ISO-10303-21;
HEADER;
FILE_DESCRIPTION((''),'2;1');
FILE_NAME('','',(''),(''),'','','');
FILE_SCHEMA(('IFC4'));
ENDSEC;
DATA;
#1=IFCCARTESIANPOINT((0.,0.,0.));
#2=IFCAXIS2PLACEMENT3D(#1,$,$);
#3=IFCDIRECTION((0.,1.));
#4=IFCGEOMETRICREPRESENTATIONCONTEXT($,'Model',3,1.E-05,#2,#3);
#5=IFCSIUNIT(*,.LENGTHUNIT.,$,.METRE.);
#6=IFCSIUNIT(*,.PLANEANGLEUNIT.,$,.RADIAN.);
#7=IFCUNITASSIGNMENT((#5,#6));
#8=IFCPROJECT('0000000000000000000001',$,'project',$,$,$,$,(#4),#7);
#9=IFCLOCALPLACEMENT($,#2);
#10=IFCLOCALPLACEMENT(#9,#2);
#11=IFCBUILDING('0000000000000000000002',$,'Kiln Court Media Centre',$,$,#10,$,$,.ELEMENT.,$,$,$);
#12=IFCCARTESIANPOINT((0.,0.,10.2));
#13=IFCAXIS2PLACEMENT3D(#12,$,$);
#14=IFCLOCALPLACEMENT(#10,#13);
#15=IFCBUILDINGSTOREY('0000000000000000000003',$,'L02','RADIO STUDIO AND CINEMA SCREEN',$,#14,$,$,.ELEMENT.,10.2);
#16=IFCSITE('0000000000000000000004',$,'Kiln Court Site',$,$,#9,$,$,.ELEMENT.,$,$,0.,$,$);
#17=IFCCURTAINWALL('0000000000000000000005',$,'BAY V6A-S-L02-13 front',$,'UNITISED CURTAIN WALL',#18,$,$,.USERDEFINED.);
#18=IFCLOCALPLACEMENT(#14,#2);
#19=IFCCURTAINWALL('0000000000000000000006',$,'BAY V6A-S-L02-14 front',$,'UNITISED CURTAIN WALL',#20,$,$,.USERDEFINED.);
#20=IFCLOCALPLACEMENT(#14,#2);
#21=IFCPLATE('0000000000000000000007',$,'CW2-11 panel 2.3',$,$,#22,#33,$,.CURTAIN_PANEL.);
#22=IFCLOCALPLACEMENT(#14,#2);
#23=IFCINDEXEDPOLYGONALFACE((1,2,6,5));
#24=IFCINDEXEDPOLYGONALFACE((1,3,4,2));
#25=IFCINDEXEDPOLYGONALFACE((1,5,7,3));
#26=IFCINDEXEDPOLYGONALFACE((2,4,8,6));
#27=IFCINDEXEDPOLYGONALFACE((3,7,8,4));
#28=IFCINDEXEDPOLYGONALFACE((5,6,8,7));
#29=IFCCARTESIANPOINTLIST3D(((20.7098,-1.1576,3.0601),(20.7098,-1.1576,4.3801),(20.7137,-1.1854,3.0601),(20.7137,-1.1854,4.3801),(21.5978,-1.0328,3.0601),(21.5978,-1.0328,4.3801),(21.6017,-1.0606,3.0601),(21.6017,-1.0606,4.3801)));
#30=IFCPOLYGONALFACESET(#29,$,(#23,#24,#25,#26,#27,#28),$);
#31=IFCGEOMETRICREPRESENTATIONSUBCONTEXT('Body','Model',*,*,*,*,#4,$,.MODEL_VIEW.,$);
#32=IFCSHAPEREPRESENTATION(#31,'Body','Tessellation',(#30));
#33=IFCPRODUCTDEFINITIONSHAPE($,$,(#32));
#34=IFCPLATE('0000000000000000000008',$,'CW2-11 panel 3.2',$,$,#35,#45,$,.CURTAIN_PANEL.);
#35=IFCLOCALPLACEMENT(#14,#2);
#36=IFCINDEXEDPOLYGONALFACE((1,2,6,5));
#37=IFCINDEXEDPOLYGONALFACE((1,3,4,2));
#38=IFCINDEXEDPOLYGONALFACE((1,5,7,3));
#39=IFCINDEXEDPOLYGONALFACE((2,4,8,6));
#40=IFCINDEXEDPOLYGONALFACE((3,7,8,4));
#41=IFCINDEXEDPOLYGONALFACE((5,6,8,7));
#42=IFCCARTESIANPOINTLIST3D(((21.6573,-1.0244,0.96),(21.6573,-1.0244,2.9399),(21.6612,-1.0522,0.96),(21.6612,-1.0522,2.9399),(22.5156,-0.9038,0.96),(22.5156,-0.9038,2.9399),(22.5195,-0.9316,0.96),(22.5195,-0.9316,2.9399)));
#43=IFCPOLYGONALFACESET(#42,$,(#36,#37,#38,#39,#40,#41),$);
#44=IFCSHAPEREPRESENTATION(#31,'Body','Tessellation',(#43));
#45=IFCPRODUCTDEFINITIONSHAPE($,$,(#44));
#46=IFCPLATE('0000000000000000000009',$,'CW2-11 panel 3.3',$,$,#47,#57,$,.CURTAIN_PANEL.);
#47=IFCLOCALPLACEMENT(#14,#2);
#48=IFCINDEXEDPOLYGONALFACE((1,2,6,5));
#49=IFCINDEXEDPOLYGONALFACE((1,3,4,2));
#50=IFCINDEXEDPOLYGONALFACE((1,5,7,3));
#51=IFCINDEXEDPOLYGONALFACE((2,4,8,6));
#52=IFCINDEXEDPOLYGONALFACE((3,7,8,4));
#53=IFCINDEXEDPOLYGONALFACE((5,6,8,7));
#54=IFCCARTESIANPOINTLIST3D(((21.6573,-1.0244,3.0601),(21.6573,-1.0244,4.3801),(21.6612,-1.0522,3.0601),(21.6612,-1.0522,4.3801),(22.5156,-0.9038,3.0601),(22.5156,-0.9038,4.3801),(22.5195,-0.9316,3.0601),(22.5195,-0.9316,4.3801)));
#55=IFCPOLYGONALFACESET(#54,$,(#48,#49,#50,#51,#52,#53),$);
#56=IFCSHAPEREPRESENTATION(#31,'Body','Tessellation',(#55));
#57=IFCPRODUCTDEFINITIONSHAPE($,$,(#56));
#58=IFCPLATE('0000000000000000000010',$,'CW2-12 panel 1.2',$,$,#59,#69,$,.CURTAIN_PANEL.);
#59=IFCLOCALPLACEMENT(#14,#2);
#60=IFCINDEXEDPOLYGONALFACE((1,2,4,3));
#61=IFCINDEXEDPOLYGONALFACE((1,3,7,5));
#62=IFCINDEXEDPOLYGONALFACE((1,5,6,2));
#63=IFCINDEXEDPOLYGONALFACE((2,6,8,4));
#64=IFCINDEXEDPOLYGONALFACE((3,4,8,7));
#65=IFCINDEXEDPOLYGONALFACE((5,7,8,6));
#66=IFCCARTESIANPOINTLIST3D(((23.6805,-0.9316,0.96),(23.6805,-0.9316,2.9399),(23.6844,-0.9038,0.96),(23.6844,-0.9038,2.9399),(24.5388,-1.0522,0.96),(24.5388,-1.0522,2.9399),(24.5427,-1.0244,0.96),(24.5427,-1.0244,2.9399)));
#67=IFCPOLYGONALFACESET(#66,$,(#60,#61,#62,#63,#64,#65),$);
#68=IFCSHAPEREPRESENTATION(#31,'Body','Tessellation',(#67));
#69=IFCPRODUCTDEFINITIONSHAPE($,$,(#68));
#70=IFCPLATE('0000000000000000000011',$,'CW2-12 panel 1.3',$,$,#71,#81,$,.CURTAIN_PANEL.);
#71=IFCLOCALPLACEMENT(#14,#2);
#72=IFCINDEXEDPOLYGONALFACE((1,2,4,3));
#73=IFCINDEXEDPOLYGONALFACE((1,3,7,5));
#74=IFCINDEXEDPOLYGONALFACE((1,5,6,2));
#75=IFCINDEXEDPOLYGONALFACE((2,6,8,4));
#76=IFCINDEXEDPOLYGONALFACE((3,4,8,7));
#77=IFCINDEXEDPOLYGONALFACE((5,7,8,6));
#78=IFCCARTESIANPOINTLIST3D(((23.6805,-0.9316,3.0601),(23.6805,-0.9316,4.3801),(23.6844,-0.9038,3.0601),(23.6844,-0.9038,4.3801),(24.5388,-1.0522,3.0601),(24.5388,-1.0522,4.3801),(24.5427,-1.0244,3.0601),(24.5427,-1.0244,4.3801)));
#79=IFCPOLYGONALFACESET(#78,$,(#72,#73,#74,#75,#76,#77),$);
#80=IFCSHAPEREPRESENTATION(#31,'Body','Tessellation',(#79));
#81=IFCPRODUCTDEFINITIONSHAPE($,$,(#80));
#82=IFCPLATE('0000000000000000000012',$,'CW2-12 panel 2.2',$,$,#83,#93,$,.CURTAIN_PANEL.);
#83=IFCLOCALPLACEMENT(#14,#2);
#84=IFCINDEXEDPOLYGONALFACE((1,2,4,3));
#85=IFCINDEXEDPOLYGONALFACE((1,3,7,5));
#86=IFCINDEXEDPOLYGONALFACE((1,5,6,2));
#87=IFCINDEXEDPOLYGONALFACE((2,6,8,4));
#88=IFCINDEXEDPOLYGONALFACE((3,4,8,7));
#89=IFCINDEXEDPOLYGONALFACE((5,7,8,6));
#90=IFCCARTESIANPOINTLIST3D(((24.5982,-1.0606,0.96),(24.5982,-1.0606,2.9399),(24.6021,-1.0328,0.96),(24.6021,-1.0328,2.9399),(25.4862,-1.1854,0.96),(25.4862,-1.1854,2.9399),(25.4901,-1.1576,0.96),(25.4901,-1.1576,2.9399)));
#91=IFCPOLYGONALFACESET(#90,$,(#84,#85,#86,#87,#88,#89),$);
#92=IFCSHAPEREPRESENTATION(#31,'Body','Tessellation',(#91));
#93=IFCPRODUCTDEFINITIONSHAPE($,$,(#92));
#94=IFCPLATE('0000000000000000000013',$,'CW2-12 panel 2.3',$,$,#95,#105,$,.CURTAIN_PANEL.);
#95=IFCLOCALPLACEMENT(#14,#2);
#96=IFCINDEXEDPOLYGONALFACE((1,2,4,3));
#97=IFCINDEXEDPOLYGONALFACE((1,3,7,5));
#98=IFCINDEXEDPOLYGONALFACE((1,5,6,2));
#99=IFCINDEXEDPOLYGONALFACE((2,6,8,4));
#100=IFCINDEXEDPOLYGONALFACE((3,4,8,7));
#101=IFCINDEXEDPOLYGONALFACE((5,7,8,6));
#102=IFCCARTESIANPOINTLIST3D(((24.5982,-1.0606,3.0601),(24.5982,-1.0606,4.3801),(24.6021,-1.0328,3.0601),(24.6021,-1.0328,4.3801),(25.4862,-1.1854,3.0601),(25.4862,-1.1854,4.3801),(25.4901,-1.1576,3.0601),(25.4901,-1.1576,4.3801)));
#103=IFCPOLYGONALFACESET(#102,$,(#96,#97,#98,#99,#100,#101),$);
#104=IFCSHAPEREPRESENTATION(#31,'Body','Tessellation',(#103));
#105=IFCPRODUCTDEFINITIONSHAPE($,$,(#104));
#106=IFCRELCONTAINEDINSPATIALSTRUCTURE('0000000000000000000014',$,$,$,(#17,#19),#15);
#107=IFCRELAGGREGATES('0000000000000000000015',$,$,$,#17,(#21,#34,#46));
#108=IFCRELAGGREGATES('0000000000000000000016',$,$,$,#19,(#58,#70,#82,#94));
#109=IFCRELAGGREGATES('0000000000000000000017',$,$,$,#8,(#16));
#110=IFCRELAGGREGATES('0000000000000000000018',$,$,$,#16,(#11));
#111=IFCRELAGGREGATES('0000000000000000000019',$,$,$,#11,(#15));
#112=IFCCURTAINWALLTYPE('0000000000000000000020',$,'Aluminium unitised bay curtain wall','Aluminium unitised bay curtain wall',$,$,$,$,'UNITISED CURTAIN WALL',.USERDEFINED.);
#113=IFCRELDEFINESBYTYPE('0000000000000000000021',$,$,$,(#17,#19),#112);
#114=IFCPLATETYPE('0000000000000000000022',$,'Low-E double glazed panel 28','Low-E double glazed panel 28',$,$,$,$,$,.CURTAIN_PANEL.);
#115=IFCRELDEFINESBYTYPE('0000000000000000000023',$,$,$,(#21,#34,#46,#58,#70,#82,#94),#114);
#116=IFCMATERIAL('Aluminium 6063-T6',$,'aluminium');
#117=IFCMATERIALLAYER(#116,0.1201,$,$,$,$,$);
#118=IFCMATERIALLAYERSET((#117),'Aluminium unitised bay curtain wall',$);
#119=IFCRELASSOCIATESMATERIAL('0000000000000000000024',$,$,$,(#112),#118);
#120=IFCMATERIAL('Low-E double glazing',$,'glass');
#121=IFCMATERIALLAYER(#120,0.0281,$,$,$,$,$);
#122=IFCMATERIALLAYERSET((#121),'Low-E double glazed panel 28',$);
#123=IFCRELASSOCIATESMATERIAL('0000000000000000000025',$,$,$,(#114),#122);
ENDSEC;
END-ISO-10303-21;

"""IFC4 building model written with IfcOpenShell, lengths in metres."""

from ifc_helpers import new_model, si_unit, direction, frame, origin, origin_2d, place, context, subcontext, project, spatial, rectangle, extrude, material, layer, layer_set, type_object, element, aggregate, save


model = new_model("IFC4")

# Units and contexts
model_context = context("Model", 3, precision=1e-05, world=origin(), true_north=direction((0.0, 1.0)))
body_context = subcontext(model_context, "Body", "Model", "MODEL_VIEW")
ifc_project = project(units=[si_unit("LENGTHUNIT", "METRE"), si_unit("PLANEANGLEUNIT", "RADIAN")], contexts=[model_context])

# Site, building, storey
site_placement = place(None, origin())
site = spatial("IfcSite", under=ifc_project, at=site_placement, Name="Kiln Court Site", CompositionType="ELEMENT", RefElevation=0.0)
building_placement = place(site_placement, origin())
building = spatial("IfcBuilding", under=site, at=building_placement, Name="Kiln Court Media Centre", CompositionType="ELEMENT")
storey_placement = place(building_placement, frame((0.0, 0.0, 10.2)))
storey = spatial("IfcBuildingStorey", under=building, at=storey_placement, Name="L02", Description="RADIO STUDIO AND CINEMA SCREEN", CompositionType="ELEMENT", Elevation=10.2)

# Curtain walls
ifc_material_1 = material(Name="Aluminium 6063-T6", Category="aluminium")
ifc_layer_1 = layer(ifc_material_1, 0.1201)
ifc_layer_set_1 = layer_set([ifc_layer_1], Name="Aluminium unitised bay curtain wall")
curtain_wall_type = type_object("IfcCurtainWallType", Name="Aluminium unitised bay curtain wall", Description="Aluminium unitised bay curtain wall", ElementType="UNITISED CURTAIN WALL", PredefinedType="USERDEFINED", material=ifc_layer_set_1)
curtain_wall_1_placement = place(storey_placement, origin())
curtain_wall_1 = element("IfcCurtainWall", 1, at=curtain_wall_1_placement, inside=storey, type_object=curtain_wall_type, Name="BAY V6A-S-L02-13 front", ObjectType="UNITISED CURTAIN WALL", PredefinedType="USERDEFINED")
curtain_wall_2_placement = place(storey_placement, origin())
curtain_wall_2 = element("IfcCurtainWall", 2, at=curtain_wall_2_placement, inside=storey, type_object=curtain_wall_type, Name="BAY V6A-S-L02-14 front", ObjectType="UNITISED CURTAIN WALL", PredefinedType="USERDEFINED")

# Plates
ifc_material_2 = material(Name="Low-E double glazing", Category="glass")
ifc_layer_2 = layer(ifc_material_2, 0.0281)
ifc_layer_set_2 = layer_set([ifc_layer_2], Name="Low-E double glazed panel 28")
plate_type_1 = type_object("IfcPlateType", Name="Low-E double glazed panel 28", Description="Low-E double glazed panel 28", PredefinedType="CURTAIN_PANEL", material=ifc_layer_set_2)
plate_1_placement = place(storey_placement, frame((21.1558, -1.1091, 3.0601), z_axis=(0.0, 0.0, 1.0), x_axis=(0.99027, 0.139162, 0.0)))
plate_1 = element("IfcPlate", 3, at=plate_1_placement, type_object=plate_type_1, Name="CW2-11 panel 2.3", PredefinedType="CURTAIN_PANEL", context=body_context, shape_type="SweptSolid", body=[
    extrude(rectangle(XDim=0.8967, YDim=0.0281, at=origin_2d()), origin(), (0.0, 0.0, 1.0), 1.3201),
])
plate_2_placement = place(storey_placement, frame((22.0884, -0.978, 0.96), z_axis=(0.0, 0.0, 1.0), x_axis=(0.99027, 0.139162, 0.0)))
plate_2 = element("IfcPlate", 4, at=plate_2_placement, type_object=plate_type_1, Name="CW2-11 panel 3.2", PredefinedType="CURTAIN_PANEL", context=body_context, shape_type="SweptSolid", body=[
    extrude(rectangle(XDim=0.8667, YDim=0.0281, at=origin_2d()), origin(), (0.0, 0.0, 1.0), 1.98),
])
plate_3_placement = place(storey_placement, frame((22.0884, -0.978, 3.0601), z_axis=(0.0, 0.0, 1.0), x_axis=(0.99027, 0.139162, 0.0)))
plate_3 = element("IfcPlate", 5, at=plate_3_placement, type_object=plate_type_1, Name="CW2-11 panel 3.3", PredefinedType="CURTAIN_PANEL", context=body_context, shape_type="SweptSolid", body=[
    extrude(rectangle(XDim=0.8667, YDim=0.0281, at=origin_2d()), origin(), (0.0, 0.0, 1.0), 1.3201),
])
aggregate(curtain_wall_1, [plate_1, plate_2, plate_3])
plate_4_placement = place(storey_placement, frame((24.1116, -0.978, 0.96), z_axis=(0.0, 0.0, 1.0), x_axis=(0.99027, -0.139162, 0.0)))
plate_4 = element("IfcPlate", 6, at=plate_4_placement, type_object=plate_type_1, Name="CW2-12 panel 1.2", PredefinedType="CURTAIN_PANEL", context=body_context, shape_type="SweptSolid", body=[
    extrude(rectangle(XDim=0.8667, YDim=0.0281, at=origin_2d()), origin(), (0.0, 0.0, 1.0), 1.98),
])
plate_5_placement = place(storey_placement, frame((24.1116, -0.978, 3.0601), z_axis=(0.0, 0.0, 1.0), x_axis=(0.99027, -0.139162, 0.0)))
plate_5 = element("IfcPlate", 7, at=plate_5_placement, type_object=plate_type_1, Name="CW2-12 panel 1.3", PredefinedType="CURTAIN_PANEL", context=body_context, shape_type="SweptSolid", body=[
    extrude(rectangle(XDim=0.8667, YDim=0.0281, at=origin_2d()), origin(), (0.0, 0.0, 1.0), 1.3201),
])
plate_6_placement = place(storey_placement, frame((25.0442, -1.1091, 0.96), z_axis=(0.0, 0.0, 1.0), x_axis=(0.99027, -0.139162, 0.0)))
plate_6 = element("IfcPlate", 8, at=plate_6_placement, type_object=plate_type_1, Name="CW2-12 panel 2.2", PredefinedType="CURTAIN_PANEL", context=body_context, shape_type="SweptSolid", body=[
    extrude(rectangle(XDim=0.8967, YDim=0.0281, at=origin_2d()), origin(), (0.0, 0.0, 1.0), 1.98),
])
plate_7_placement = place(storey_placement, frame((25.0442, -1.1091, 3.0601), z_axis=(0.0, 0.0, 1.0), x_axis=(0.99027, -0.139162, 0.0)))
plate_7 = element("IfcPlate", 9, at=plate_7_placement, type_object=plate_type_1, Name="CW2-12 panel 2.3", PredefinedType="CURTAIN_PANEL", context=body_context, shape_type="SweptSolid", body=[
    extrude(rectangle(XDim=0.8967, YDim=0.0281, at=origin_2d()), origin(), (0.0, 0.0, 1.0), 1.3201),
])
aggregate(curtain_wall_2, [plate_4, plate_5, plate_6, plate_7])

save(model, "model.ifc")
